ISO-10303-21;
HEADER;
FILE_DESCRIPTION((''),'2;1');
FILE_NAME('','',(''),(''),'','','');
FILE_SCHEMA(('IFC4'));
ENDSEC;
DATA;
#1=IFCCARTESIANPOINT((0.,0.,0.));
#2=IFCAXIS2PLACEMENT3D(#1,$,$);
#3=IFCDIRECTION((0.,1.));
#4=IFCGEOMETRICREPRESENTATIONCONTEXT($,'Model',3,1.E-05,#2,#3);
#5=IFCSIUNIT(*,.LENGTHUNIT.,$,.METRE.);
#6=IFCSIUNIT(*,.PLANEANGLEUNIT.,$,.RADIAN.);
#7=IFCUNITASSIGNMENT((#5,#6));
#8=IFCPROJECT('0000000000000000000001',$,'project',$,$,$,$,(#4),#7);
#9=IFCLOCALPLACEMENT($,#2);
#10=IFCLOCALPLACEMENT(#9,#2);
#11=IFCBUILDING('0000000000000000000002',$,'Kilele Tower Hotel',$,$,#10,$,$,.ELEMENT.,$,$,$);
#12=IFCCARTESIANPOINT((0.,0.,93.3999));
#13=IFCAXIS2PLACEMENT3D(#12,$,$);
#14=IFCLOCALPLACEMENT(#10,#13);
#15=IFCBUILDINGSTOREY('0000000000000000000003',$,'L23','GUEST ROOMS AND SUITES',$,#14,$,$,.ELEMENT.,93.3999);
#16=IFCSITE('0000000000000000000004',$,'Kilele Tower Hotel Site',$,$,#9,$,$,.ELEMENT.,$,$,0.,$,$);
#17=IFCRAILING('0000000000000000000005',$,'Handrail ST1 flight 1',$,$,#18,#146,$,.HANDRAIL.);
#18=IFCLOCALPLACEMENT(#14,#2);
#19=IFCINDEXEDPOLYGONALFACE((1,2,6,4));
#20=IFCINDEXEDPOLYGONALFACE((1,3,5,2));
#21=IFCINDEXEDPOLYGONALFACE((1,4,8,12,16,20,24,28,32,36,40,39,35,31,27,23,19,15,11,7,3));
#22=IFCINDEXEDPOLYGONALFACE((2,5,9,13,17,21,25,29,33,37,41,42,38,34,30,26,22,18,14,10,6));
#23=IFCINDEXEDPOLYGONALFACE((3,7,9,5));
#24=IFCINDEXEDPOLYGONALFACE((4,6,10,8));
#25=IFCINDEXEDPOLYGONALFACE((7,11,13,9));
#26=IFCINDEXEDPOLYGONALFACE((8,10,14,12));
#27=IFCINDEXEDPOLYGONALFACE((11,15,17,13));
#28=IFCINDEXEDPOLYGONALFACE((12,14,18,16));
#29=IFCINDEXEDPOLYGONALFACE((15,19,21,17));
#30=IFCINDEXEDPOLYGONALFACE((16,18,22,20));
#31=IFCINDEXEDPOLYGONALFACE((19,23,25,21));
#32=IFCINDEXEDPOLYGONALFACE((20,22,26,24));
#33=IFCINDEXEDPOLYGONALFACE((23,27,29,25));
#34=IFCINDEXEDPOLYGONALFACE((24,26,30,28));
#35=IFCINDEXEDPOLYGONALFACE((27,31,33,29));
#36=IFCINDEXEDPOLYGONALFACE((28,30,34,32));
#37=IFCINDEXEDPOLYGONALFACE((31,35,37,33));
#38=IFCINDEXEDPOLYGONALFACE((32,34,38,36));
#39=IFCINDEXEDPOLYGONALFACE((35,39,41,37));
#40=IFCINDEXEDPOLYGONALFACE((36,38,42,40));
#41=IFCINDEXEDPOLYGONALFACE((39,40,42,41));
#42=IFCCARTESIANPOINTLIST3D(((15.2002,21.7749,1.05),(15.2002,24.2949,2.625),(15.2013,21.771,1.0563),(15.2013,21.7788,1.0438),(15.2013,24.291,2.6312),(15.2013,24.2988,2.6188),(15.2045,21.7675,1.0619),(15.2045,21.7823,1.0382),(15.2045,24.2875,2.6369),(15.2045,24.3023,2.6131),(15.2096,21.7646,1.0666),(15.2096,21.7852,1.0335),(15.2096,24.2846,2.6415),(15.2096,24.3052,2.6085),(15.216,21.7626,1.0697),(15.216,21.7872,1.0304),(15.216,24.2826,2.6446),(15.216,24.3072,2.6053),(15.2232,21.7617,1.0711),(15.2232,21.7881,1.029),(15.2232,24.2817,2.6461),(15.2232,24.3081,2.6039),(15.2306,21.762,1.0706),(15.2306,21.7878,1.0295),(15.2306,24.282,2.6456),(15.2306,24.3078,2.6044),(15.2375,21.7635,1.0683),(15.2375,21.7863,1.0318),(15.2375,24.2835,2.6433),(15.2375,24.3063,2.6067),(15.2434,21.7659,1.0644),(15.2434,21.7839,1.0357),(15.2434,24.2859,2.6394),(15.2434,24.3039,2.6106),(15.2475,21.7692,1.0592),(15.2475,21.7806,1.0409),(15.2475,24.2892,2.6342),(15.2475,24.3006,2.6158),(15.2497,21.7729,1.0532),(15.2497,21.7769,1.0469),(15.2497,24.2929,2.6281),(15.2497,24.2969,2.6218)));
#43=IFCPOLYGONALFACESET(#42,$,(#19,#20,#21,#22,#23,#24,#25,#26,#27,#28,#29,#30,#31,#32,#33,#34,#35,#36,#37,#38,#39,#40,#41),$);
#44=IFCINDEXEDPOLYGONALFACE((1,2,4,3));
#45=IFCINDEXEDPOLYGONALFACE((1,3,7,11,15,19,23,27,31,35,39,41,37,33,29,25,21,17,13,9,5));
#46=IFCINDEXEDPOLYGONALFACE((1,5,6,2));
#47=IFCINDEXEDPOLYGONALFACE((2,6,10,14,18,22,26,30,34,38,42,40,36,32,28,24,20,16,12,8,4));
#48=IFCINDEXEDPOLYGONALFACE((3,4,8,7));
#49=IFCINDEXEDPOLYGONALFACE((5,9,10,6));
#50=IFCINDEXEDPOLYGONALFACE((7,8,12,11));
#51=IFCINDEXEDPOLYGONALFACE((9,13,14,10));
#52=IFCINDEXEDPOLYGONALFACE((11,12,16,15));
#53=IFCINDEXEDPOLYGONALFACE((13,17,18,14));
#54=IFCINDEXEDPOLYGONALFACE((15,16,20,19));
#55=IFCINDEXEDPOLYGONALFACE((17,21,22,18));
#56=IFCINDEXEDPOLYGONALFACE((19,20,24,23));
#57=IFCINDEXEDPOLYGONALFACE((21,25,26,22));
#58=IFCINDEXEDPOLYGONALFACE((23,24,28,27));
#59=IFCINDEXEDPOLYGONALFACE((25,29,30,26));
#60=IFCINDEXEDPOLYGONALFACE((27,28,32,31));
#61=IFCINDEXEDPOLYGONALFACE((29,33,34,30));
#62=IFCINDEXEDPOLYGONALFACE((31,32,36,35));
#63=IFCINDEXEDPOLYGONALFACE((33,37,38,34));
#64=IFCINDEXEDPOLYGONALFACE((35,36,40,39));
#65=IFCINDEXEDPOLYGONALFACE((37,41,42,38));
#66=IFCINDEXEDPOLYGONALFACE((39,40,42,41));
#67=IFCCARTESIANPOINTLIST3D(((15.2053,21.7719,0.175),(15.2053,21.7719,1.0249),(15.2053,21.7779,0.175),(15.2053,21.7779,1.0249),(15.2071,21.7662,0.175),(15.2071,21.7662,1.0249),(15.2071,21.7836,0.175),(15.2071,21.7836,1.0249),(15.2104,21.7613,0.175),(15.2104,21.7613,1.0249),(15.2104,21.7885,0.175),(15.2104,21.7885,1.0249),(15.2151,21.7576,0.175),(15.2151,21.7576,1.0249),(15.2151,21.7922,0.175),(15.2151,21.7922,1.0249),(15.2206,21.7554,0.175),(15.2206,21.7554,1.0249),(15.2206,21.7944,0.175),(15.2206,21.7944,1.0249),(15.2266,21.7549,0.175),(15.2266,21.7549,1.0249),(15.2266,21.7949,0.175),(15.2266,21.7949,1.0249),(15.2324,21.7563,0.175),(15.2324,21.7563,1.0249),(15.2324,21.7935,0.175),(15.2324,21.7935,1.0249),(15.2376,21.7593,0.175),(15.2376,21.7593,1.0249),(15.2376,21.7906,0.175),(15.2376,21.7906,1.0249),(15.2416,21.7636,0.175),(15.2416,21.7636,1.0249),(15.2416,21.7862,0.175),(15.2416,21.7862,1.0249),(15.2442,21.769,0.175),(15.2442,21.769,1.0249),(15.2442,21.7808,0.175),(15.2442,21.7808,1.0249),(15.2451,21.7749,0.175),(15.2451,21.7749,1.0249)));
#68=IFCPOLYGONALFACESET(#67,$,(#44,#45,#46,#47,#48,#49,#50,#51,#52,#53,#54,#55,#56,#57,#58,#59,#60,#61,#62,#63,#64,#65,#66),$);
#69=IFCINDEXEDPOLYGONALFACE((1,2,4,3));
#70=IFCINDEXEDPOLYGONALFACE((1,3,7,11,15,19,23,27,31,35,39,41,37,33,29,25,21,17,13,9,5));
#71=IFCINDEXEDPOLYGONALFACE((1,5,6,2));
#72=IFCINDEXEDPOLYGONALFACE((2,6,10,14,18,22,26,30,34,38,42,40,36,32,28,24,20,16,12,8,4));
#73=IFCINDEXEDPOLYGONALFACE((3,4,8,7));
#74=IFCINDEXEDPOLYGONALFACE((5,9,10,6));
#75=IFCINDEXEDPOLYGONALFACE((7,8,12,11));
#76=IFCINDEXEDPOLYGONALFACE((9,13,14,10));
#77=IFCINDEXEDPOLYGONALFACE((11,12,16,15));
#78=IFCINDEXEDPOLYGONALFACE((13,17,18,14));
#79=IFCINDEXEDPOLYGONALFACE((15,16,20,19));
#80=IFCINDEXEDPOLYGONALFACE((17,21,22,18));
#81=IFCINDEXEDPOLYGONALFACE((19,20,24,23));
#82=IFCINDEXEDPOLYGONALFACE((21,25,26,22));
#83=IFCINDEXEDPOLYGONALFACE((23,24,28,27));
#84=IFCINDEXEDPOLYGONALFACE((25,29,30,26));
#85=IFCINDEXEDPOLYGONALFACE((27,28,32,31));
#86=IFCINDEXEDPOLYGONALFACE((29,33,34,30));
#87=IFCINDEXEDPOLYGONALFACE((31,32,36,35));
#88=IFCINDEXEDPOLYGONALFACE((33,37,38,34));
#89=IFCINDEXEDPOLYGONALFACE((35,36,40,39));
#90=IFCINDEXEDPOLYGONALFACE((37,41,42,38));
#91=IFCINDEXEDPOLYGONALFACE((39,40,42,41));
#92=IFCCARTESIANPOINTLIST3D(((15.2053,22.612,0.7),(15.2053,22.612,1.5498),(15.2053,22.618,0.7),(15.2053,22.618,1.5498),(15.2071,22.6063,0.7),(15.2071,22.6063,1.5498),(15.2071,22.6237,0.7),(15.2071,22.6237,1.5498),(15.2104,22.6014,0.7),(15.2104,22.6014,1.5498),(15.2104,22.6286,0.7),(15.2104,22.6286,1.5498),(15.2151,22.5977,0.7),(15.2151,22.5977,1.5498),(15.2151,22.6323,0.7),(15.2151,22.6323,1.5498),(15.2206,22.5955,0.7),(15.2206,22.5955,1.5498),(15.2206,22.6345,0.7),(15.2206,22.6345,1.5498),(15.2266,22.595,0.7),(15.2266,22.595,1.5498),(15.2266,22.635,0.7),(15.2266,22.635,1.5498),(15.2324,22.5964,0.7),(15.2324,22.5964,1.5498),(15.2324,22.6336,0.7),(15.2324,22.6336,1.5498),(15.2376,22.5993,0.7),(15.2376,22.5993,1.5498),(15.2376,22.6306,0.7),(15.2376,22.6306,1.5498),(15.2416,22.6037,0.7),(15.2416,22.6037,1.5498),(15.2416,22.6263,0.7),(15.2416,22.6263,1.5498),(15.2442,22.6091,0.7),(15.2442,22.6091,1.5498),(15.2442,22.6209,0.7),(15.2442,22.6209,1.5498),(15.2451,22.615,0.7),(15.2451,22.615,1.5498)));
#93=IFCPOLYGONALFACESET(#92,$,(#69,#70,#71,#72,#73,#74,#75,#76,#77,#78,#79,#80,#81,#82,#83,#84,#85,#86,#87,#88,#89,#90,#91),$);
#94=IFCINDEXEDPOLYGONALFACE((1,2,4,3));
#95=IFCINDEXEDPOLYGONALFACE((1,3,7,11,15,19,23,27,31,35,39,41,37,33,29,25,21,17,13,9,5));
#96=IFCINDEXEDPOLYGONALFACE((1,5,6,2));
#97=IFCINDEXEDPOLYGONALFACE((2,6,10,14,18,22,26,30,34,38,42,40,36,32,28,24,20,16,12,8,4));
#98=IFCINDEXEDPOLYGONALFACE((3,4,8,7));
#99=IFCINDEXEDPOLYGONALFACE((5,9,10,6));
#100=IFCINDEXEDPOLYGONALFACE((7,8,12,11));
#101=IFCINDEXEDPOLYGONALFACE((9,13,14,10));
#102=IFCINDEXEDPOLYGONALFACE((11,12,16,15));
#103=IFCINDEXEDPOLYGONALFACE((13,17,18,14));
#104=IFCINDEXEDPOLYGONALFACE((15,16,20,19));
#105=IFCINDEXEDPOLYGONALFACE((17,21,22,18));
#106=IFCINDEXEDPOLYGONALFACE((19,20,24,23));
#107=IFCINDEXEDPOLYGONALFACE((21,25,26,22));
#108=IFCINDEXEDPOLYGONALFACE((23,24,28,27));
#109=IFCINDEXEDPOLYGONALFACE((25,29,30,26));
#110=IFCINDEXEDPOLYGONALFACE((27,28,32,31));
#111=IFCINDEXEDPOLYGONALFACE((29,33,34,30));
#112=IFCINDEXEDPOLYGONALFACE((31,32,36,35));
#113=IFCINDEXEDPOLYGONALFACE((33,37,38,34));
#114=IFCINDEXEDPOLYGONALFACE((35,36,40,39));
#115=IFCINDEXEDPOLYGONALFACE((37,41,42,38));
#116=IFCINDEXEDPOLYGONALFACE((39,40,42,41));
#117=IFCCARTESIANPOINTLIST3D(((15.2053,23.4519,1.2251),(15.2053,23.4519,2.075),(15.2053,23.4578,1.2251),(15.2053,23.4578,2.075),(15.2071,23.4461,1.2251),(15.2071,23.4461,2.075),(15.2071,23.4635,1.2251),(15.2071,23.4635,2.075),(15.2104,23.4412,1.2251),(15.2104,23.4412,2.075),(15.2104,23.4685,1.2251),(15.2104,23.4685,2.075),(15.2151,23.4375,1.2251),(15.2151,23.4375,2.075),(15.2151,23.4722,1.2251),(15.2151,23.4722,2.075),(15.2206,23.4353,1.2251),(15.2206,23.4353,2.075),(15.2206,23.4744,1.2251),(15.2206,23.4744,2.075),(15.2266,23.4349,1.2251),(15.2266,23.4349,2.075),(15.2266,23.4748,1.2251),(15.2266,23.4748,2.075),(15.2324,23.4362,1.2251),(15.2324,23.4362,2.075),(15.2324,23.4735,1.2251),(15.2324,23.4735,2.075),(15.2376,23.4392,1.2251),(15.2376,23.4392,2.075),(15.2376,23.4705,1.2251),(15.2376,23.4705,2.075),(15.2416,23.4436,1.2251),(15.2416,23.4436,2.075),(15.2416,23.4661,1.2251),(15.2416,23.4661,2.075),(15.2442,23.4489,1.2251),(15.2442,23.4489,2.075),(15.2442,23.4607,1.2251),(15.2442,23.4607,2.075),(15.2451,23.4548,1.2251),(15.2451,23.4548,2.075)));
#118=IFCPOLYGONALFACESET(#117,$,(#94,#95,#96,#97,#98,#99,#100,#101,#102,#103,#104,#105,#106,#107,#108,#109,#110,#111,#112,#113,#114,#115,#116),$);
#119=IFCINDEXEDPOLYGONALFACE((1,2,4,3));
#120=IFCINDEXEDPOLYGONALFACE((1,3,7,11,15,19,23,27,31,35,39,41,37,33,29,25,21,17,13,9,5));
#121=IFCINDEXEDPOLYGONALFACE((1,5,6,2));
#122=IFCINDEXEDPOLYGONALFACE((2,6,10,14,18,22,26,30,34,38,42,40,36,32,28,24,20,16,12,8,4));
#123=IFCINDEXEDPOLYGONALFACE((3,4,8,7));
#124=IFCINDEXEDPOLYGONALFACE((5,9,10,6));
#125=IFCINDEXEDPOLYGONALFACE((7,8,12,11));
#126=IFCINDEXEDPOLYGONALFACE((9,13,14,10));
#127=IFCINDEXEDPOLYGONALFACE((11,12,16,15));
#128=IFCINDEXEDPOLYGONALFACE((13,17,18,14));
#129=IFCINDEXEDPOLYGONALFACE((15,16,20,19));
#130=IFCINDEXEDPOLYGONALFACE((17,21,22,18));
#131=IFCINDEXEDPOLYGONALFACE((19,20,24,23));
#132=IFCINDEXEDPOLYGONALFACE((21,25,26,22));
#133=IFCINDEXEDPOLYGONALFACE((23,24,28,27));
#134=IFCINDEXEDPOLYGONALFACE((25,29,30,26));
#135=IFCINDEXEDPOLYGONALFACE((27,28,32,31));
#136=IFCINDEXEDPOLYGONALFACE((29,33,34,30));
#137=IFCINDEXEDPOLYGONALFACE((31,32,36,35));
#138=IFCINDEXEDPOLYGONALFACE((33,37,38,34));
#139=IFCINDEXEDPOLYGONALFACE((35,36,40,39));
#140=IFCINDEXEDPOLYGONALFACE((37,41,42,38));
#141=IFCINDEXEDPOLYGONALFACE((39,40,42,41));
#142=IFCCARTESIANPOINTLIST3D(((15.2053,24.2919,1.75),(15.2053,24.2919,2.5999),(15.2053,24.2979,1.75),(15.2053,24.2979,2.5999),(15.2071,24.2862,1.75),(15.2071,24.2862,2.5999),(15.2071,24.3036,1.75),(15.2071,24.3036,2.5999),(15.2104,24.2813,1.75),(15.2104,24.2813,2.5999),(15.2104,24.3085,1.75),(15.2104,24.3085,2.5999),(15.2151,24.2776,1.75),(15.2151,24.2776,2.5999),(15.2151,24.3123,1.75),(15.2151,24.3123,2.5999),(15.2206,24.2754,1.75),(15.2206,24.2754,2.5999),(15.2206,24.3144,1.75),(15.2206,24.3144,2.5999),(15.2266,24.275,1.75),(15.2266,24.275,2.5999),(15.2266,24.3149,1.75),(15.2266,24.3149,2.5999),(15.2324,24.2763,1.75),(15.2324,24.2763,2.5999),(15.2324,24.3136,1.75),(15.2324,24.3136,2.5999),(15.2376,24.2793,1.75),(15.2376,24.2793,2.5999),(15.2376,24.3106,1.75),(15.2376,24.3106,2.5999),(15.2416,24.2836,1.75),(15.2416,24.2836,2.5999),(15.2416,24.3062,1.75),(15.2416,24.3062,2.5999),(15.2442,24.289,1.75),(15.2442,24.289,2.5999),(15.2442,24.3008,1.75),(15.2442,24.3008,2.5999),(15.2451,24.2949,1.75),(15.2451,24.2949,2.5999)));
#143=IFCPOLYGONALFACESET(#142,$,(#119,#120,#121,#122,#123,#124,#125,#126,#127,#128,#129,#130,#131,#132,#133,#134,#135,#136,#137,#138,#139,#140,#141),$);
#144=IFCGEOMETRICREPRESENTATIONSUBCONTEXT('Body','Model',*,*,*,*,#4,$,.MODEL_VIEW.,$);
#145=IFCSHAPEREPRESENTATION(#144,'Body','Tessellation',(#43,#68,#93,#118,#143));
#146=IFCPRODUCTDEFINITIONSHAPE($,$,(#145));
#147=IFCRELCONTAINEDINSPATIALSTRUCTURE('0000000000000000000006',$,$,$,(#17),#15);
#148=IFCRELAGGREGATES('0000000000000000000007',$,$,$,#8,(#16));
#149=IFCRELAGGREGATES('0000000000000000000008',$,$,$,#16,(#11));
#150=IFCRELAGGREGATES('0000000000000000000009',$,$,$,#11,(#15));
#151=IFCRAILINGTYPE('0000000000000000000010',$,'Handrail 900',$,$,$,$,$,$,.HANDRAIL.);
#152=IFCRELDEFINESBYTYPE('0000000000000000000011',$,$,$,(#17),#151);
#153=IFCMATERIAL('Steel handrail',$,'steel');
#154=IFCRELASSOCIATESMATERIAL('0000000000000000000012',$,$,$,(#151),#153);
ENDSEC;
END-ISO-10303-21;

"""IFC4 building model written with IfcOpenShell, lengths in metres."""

from ifc_helpers import new_model, si_unit, direction, frame, origin, origin_2d, place, context, subcontext, project, spatial, circle, extrude, material, type_object, element, save


model = new_model("IFC4")

# Units and contexts
model_context = context("Model", 3, precision=1e-05, world=origin(), true_north=direction((0.0, 1.0)))
body_context = subcontext(model_context, "Body", "Model", "MODEL_VIEW")
ifc_project = project(units=[si_unit("LENGTHUNIT", "METRE"), si_unit("PLANEANGLEUNIT", "RADIAN")], contexts=[model_context])

# Site, building, storey
site_placement = place(None, origin())
site = spatial("IfcSite", under=ifc_project, at=site_placement, Name="Kilele Tower Hotel Site", CompositionType="ELEMENT", RefElevation=0.0)
building_placement = place(site_placement, origin())
building = spatial("IfcBuilding", under=site, at=building_placement, Name="Kilele Tower Hotel", CompositionType="ELEMENT")
storey_placement = place(building_placement, frame((0.0, 0.0, 93.3999)))
storey = spatial("IfcBuildingStorey", under=building, at=storey_placement, Name="L23", Description="GUEST ROOMS AND SUITES", CompositionType="ELEMENT", Elevation=93.3999)

# Railing
ifc_material_1 = material(Name="Steel handrail", Category="steel")
railing_type_1 = type_object("IfcRailingType", Name="Handrail 900", PredefinedType="HANDRAIL", material=ifc_material_1)
for number, where, name in (
    (1, (15.2251, 21.7749, 0.175), "Handrail ST1 flight 1"),
):
    element("IfcRailing", number, at=place(storey_placement, frame(where)), inside=storey, type_object=railing_type_1, Name=name, PredefinedType="HANDRAIL", context=body_context, shape_type="SweptSolid", body=[
        extrude(circle(Radius=0.0249, at=origin_2d()), frame((0.0, 0.0, 0.875), z_axis=(0.0, 0.848008, 0.529984), x_axis=(-1.0, 0.0, 0.0)), (0.0, 0.0, 1.0), 2.9717),
        extrude(circle(Radius=0.02, at=origin_2d()), origin(), (0.0, 0.0, 1.0), 0.8499),
        extrude(circle(Radius=0.02, at=origin_2d()), frame((0.0, 0.8401, 0.5249)), (0.0, 0.0, 1.0), 0.8499),
        extrude(circle(Radius=0.02, at=origin_2d()), frame((0.0, 1.6799, 1.05)), (0.0, 0.0, 1.0), 0.8499),
        extrude(circle(Radius=0.02, at=origin_2d()), frame((0.0, 2.52, 1.575)), (0.0, 0.0, 1.0), 0.8499),
    ])

save(model, "model.ifc")
